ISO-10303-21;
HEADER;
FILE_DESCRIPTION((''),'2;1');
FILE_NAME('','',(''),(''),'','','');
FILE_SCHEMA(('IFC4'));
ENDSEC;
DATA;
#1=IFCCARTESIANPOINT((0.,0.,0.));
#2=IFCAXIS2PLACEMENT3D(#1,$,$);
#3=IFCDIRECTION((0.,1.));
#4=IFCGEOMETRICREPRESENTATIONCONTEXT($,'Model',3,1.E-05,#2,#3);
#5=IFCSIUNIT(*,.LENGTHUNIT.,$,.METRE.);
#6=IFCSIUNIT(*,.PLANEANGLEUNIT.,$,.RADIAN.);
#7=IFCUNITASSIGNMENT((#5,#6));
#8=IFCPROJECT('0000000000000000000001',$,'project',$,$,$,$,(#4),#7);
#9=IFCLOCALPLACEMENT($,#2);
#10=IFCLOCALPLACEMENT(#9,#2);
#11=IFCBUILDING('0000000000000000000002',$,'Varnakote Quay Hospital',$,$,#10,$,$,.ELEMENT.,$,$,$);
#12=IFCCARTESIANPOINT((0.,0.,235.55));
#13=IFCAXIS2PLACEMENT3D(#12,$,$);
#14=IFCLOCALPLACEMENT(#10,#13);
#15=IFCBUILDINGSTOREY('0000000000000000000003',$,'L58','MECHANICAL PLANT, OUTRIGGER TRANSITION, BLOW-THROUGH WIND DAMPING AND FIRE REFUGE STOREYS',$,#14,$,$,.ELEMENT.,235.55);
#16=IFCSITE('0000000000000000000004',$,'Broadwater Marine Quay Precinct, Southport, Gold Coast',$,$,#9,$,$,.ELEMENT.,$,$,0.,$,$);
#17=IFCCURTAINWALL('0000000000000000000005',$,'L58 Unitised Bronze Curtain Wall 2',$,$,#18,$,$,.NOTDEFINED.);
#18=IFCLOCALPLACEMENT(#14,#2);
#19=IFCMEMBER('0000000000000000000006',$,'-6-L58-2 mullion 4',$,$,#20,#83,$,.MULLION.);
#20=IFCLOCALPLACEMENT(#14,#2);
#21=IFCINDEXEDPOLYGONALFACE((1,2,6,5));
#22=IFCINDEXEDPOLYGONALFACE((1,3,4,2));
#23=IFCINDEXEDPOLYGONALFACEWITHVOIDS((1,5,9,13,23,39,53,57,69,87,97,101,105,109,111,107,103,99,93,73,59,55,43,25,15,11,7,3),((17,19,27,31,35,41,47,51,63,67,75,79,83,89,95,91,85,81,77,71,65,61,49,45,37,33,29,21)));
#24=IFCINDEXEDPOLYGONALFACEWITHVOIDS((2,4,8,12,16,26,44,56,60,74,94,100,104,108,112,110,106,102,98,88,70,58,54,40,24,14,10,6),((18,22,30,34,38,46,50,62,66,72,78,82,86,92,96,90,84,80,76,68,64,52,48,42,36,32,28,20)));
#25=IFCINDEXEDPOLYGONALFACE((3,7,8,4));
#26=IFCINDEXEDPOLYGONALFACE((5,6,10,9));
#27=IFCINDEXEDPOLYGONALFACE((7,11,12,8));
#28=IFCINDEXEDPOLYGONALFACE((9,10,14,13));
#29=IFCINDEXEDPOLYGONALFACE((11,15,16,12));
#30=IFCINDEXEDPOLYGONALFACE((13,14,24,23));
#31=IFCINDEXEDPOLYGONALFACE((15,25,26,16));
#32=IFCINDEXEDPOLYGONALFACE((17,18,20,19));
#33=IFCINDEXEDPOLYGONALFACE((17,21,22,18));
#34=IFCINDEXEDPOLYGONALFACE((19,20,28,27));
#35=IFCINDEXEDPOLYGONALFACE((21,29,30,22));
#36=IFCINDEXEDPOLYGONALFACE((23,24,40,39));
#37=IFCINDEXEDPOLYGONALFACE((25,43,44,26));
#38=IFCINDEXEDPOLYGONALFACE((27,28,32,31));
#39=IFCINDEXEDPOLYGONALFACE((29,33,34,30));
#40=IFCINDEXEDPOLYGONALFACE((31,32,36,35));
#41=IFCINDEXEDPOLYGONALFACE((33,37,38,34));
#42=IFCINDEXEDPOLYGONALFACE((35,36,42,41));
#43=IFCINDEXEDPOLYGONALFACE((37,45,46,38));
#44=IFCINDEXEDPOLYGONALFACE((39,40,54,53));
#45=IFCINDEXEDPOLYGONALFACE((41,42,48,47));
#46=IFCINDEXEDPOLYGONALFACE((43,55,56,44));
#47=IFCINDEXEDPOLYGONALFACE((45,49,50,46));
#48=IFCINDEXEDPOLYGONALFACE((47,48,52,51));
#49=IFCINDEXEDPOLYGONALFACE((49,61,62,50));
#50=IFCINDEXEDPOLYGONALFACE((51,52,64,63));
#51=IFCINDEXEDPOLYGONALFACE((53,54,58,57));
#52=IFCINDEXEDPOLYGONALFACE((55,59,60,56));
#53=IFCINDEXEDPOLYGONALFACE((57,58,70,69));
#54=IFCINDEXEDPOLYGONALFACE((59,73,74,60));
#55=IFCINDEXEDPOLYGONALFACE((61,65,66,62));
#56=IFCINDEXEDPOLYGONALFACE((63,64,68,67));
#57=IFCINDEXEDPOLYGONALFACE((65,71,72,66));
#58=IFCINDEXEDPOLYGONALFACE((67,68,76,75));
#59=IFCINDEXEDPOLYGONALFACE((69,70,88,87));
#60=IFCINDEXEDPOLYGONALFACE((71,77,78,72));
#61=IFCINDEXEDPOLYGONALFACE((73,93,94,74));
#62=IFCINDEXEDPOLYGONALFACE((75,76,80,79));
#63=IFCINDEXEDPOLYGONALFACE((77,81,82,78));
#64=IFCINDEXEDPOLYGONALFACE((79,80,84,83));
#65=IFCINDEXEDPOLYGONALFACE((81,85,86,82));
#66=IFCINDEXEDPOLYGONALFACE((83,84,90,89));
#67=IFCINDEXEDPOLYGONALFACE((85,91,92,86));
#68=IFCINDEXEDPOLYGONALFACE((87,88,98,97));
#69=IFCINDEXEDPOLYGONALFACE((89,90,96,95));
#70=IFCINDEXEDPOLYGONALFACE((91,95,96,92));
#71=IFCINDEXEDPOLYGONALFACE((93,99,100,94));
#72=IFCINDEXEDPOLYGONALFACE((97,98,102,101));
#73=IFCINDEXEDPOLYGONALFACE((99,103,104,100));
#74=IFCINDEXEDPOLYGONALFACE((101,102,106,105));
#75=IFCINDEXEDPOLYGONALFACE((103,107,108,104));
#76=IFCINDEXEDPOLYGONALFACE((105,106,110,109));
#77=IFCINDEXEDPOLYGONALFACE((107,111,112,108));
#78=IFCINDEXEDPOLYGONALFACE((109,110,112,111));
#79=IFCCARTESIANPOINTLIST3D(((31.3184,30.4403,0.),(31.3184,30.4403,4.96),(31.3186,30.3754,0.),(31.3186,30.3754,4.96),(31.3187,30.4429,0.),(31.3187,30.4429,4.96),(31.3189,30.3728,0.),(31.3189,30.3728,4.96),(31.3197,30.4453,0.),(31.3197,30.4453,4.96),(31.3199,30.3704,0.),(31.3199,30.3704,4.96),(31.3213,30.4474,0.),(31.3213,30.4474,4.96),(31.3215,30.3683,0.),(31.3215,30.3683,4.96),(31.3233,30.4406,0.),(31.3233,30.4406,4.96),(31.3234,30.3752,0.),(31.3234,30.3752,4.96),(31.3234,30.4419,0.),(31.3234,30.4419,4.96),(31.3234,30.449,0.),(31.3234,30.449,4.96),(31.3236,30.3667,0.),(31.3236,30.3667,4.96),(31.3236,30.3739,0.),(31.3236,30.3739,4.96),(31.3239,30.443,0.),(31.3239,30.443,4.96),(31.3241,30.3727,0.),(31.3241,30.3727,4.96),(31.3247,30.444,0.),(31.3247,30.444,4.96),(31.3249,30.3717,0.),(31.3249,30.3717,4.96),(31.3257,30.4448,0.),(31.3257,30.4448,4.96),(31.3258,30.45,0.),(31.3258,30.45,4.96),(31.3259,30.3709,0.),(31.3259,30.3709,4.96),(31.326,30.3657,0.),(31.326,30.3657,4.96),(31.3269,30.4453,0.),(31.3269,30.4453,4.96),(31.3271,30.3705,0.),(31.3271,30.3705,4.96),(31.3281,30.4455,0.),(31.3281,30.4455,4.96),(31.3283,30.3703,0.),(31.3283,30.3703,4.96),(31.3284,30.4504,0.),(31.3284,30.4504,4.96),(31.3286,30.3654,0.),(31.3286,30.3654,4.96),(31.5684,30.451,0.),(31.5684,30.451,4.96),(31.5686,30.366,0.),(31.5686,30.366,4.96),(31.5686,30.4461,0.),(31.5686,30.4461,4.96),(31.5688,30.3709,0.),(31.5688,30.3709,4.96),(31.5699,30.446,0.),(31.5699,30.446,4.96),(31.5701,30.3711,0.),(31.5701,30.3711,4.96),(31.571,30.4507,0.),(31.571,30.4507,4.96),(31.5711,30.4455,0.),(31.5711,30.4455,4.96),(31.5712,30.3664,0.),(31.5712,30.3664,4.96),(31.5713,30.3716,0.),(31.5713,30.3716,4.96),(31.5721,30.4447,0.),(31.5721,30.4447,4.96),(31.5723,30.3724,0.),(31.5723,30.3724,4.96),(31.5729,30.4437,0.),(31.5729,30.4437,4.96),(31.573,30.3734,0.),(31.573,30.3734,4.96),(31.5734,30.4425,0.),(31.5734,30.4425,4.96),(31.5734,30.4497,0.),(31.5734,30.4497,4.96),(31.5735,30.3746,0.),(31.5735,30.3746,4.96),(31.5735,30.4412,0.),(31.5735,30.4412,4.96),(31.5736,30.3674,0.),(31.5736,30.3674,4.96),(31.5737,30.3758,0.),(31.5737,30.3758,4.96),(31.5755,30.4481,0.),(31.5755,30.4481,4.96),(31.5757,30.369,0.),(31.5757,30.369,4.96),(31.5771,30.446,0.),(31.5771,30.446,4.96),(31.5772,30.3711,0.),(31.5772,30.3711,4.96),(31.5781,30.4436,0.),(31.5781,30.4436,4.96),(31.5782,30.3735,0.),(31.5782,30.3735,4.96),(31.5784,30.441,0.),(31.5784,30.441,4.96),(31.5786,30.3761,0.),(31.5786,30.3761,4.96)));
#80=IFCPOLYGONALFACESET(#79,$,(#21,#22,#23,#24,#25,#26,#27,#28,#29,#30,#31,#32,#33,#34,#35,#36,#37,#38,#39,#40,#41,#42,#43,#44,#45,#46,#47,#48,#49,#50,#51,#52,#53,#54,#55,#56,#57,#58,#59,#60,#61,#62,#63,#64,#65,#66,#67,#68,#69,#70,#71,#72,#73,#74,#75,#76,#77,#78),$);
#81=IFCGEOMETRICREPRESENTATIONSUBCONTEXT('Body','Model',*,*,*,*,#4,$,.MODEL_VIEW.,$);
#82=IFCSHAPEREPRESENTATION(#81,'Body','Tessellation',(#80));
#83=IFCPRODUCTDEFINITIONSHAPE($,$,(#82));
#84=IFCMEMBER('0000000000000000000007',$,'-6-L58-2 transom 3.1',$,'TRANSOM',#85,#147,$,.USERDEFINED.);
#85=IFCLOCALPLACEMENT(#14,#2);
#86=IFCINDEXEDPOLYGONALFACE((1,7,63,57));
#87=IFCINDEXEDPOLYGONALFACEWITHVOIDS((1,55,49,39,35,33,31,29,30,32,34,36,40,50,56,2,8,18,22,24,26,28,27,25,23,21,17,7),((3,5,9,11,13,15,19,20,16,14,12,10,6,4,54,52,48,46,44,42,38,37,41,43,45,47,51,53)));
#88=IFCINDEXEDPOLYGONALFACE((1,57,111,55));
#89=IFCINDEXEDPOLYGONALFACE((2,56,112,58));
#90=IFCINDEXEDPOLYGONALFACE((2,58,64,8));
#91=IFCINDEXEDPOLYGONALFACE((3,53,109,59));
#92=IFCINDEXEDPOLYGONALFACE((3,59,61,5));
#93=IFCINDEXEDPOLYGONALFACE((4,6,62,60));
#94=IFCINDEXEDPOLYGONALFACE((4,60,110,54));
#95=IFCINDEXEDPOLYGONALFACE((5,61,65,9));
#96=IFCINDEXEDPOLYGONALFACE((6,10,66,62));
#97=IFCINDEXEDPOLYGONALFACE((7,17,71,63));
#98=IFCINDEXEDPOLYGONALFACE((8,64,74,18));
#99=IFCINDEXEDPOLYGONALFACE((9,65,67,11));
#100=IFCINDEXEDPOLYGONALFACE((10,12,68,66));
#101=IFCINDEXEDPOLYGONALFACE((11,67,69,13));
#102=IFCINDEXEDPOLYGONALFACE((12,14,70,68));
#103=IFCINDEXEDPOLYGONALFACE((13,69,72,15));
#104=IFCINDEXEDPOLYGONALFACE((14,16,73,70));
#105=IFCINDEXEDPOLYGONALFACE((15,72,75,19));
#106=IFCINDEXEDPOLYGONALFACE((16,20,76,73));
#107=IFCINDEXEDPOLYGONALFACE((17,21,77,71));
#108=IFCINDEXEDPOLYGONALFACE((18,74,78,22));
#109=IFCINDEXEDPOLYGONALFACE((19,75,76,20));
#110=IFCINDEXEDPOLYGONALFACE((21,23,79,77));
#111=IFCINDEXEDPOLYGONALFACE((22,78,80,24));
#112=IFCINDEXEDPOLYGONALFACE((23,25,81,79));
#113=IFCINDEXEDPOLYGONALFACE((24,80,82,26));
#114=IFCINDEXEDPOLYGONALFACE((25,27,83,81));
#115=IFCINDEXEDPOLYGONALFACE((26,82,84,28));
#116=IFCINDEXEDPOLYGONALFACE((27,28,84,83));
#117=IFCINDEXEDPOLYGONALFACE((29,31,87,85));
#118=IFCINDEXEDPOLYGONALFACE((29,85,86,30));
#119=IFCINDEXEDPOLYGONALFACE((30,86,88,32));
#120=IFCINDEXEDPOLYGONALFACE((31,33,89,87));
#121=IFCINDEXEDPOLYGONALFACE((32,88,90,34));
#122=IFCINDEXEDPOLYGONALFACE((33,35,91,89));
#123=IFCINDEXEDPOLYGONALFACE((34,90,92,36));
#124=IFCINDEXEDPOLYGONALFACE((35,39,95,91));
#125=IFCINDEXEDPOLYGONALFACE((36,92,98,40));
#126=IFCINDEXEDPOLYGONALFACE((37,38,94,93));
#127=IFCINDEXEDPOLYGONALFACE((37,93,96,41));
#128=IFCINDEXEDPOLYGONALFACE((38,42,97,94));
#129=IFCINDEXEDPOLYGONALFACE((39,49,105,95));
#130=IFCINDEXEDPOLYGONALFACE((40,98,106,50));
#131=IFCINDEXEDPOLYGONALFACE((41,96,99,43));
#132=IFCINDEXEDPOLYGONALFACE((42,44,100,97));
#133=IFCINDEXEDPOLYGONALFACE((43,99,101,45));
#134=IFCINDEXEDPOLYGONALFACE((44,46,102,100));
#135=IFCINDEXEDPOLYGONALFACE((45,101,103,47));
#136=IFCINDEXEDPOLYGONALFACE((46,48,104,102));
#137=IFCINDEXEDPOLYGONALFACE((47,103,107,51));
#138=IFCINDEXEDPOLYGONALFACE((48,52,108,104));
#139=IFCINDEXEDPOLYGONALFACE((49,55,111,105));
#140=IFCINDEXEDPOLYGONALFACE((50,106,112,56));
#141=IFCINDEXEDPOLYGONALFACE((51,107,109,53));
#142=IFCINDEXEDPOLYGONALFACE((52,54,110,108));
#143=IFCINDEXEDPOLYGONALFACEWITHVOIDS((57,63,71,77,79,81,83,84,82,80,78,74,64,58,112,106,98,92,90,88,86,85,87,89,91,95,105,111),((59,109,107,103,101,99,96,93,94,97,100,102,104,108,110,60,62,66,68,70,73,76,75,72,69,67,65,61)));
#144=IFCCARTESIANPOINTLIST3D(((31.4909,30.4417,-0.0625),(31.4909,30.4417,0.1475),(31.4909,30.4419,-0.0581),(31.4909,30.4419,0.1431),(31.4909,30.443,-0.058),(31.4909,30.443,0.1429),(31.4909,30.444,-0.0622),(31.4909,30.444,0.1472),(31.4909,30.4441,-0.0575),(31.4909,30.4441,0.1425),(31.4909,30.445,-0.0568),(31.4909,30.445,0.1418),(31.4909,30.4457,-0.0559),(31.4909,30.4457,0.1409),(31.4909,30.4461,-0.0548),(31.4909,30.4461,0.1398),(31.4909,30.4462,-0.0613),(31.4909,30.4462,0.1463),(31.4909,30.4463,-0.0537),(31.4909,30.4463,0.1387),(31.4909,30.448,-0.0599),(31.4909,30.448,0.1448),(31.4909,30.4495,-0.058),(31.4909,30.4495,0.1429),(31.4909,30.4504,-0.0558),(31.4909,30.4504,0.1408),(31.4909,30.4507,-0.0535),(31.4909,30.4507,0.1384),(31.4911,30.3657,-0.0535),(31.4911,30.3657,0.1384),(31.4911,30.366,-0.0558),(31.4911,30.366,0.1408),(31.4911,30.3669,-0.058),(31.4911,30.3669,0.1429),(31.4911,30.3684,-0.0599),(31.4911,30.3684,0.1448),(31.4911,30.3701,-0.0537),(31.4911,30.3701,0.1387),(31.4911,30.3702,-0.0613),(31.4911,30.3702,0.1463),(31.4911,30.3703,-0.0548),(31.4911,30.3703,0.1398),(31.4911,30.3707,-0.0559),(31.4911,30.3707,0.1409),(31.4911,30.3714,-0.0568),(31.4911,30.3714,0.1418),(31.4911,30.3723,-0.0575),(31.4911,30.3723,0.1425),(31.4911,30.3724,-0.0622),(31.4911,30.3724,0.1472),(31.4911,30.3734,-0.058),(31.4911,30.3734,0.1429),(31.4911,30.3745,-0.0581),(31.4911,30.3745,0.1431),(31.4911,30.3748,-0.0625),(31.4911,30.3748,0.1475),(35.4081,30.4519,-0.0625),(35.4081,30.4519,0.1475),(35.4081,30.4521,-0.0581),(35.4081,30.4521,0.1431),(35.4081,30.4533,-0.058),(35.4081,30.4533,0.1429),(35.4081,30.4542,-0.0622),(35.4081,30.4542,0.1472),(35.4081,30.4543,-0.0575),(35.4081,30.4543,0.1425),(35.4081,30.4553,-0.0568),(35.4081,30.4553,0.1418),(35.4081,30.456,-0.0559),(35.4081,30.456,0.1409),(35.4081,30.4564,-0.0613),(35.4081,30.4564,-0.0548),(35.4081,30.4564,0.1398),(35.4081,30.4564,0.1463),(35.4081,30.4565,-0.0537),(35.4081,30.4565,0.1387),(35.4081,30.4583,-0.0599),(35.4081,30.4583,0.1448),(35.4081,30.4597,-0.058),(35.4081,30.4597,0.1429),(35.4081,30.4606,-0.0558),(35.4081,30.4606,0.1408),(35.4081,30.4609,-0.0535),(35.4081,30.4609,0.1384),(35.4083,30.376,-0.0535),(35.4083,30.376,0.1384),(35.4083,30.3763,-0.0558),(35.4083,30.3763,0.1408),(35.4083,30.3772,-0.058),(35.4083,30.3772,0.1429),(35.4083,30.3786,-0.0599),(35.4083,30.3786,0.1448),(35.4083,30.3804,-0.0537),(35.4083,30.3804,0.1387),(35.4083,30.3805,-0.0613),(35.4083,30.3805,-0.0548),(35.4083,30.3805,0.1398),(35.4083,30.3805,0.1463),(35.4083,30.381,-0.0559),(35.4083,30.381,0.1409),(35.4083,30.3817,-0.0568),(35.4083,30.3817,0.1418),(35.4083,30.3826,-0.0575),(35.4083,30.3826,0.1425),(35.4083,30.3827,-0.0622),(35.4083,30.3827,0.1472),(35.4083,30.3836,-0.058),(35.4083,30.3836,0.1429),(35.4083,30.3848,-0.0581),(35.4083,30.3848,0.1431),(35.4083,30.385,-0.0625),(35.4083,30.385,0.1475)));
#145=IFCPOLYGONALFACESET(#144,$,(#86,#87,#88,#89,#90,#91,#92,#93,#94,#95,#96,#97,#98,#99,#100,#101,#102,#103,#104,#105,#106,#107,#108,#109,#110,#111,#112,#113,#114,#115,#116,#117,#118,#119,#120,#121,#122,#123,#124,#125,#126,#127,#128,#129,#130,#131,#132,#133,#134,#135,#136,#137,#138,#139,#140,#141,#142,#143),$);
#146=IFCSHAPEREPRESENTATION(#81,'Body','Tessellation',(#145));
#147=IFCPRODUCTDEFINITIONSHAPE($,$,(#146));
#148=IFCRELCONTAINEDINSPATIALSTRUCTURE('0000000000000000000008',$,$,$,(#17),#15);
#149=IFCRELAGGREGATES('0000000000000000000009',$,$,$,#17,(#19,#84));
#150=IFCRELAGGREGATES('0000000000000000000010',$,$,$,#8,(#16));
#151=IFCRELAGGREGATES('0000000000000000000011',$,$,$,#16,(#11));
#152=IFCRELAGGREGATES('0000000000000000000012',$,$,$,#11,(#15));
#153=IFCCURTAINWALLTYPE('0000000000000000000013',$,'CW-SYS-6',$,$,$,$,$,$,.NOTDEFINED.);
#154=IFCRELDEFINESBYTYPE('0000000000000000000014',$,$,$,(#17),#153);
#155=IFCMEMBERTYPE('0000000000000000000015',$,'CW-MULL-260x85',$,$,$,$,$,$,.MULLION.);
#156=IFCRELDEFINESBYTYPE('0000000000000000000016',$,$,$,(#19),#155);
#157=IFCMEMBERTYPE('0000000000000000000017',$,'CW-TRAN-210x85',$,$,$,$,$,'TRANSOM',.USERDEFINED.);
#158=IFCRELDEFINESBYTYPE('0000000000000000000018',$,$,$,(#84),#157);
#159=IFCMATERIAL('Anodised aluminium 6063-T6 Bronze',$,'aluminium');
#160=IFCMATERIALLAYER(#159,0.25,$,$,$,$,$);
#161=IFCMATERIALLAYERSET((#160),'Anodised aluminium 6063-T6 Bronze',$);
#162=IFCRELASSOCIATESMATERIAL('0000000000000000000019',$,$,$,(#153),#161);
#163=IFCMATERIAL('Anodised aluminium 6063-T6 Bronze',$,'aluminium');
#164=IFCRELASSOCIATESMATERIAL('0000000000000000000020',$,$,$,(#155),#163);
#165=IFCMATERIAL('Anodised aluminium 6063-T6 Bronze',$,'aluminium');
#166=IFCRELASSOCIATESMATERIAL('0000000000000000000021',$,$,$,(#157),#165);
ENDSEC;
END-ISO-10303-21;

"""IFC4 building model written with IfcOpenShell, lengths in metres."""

from ifc_helpers import new_model, si_unit, direction, frame, origin, origin_2d, place, context, subcontext, project, spatial, hollow_rectangle, extrude, material, layer, layer_set, material_profile, profile_set, type_object, element, aggregate, save


model = new_model("IFC4")

# Units and contexts
model_context = context("Model", 3, precision=1e-05, world=origin(), true_north=direction((0.0, 1.0)))
body_context = subcontext(model_context, "Body", "Model", "MODEL_VIEW")
ifc_project = project(units=[si_unit("LENGTHUNIT", "METRE"), si_unit("PLANEANGLEUNIT", "RADIAN")], contexts=[model_context])

# Site, building, storey
site_placement = place(None, origin())
site = spatial("IfcSite", under=ifc_project, at=site_placement, Name="Broadwater Marine Quay Precinct, Southport, Gold Coast", CompositionType="ELEMENT", RefElevation=0.0)
building_placement = place(site_placement, origin())
building = spatial("IfcBuilding", under=site, at=building_placement, Name="Varnakote Quay Hospital", CompositionType="ELEMENT")
storey_placement = place(building_placement, frame((0.0, 0.0, 235.55)))
storey = spatial("IfcBuildingStorey", under=building, at=storey_placement, Name="L58", Description="MECHANICAL PLANT, OUTRIGGER TRANSITION, BLOW-THROUGH WIND DAMPING AND FIRE REFUGE STOREYS", CompositionType="ELEMENT", Elevation=235.55)

# Curtain wall, members
ifc_material_1 = material(Name="Anodised aluminium 6063-T6 Bronze", Category="aluminium")
ifc_layer_1 = layer(ifc_material_1, 0.25)
ifc_layer_set_1 = layer_set([ifc_layer_1], Name="Anodised aluminium 6063-T6 Bronze")
curtain_wall_type = type_object("IfcCurtainWallType", Name="CW-SYS-6", PredefinedType="NOTDEFINED", material=ifc_layer_set_1)
curtain_wall_placement = place(storey_placement, origin())
curtain_wall = element("IfcCurtainWall", 1, at=curtain_wall_placement, inside=storey, type_object=curtain_wall_type, Name="L58 Unitised Bronze Curtain Wall 2", PredefinedType="NOTDEFINED")
ifc_material_2 = material(Name="Anodised aluminium 6063-T6 Bronze", Category="aluminium")
ifc_material_profile_1 = material_profile(ifc_material_2, hollow_rectangle(XDim=0.085, YDim=0.26, WallThickness=0.0049, InnerFilletRadius=0.0049, OuterFilletRadius=0.01, at=origin_2d()), Name="CW-MULL-260x85")
ifc_profile_set_1 = profile_set([ifc_material_profile_1], Name="Anodised aluminium 6063-T6 Bronze")
member_type_1 = type_object("IfcMemberType", Name="CW-MULL-260x85", PredefinedType="MULLION", material=ifc_profile_set_1)
member_1_placement = place(storey_placement, frame((31.4485, 30.4082, 0.0), z_axis=(0.0, 0.0, 1.0), x_axis=(0.002604, -0.999997, 0.0)))
member_1 = element("IfcMember", 2, at=member_1_placement, type_object=member_type_1, Name="-6-L58-2 mullion 4", PredefinedType="MULLION", context=body_context, shape_type="SweptSolid", body=[
    extrude(hollow_rectangle(XDim=0.085, YDim=0.26, WallThickness=0.0049, InnerFilletRadius=0.0049, OuterFilletRadius=0.01, at=origin_2d()), origin(), (0.0, 0.0, 1.0), 4.96),
])
ifc_material_3 = material(Name="Anodised aluminium 6063-T6 Bronze", Category="aluminium")
ifc_material_profile_2 = material_profile(ifc_material_3, hollow_rectangle(XDim=0.085, YDim=0.21, WallThickness=0.0044, InnerFilletRadius=0.0044, OuterFilletRadius=0.009, at=origin_2d()), Name="CW-TRAN-210x85")
ifc_profile_set_2 = profile_set([ifc_material_profile_2], Name="Anodised aluminium 6063-T6 Bronze")
member_type_2 = type_object("IfcMemberType", Name="CW-TRAN-210x85", ElementType="TRANSOM", PredefinedType="USERDEFINED", material=ifc_profile_set_2)
member_2_placement = place(storey_placement, frame((35.4082, 30.4185, 0.0425), z_axis=(-0.999997, -0.002618, 0.0), x_axis=(0.002618, -0.999997, 0.0)))
member_2 = element("IfcMember", 3, at=member_2_placement, type_object=member_type_2, Name="-6-L58-2 transom 3.1", ObjectType="TRANSOM", PredefinedType="USERDEFINED", context=body_context, shape_type="SweptSolid", body=[
    extrude(hollow_rectangle(XDim=0.085, YDim=0.21, WallThickness=0.0044, InnerFilletRadius=0.0044, OuterFilletRadius=0.009, at=origin_2d()), origin(), (0.0, 0.0, 1.0), 3.9172),
])

aggregate(curtain_wall, [member_1, member_2])

save(model, "model.ifc")
